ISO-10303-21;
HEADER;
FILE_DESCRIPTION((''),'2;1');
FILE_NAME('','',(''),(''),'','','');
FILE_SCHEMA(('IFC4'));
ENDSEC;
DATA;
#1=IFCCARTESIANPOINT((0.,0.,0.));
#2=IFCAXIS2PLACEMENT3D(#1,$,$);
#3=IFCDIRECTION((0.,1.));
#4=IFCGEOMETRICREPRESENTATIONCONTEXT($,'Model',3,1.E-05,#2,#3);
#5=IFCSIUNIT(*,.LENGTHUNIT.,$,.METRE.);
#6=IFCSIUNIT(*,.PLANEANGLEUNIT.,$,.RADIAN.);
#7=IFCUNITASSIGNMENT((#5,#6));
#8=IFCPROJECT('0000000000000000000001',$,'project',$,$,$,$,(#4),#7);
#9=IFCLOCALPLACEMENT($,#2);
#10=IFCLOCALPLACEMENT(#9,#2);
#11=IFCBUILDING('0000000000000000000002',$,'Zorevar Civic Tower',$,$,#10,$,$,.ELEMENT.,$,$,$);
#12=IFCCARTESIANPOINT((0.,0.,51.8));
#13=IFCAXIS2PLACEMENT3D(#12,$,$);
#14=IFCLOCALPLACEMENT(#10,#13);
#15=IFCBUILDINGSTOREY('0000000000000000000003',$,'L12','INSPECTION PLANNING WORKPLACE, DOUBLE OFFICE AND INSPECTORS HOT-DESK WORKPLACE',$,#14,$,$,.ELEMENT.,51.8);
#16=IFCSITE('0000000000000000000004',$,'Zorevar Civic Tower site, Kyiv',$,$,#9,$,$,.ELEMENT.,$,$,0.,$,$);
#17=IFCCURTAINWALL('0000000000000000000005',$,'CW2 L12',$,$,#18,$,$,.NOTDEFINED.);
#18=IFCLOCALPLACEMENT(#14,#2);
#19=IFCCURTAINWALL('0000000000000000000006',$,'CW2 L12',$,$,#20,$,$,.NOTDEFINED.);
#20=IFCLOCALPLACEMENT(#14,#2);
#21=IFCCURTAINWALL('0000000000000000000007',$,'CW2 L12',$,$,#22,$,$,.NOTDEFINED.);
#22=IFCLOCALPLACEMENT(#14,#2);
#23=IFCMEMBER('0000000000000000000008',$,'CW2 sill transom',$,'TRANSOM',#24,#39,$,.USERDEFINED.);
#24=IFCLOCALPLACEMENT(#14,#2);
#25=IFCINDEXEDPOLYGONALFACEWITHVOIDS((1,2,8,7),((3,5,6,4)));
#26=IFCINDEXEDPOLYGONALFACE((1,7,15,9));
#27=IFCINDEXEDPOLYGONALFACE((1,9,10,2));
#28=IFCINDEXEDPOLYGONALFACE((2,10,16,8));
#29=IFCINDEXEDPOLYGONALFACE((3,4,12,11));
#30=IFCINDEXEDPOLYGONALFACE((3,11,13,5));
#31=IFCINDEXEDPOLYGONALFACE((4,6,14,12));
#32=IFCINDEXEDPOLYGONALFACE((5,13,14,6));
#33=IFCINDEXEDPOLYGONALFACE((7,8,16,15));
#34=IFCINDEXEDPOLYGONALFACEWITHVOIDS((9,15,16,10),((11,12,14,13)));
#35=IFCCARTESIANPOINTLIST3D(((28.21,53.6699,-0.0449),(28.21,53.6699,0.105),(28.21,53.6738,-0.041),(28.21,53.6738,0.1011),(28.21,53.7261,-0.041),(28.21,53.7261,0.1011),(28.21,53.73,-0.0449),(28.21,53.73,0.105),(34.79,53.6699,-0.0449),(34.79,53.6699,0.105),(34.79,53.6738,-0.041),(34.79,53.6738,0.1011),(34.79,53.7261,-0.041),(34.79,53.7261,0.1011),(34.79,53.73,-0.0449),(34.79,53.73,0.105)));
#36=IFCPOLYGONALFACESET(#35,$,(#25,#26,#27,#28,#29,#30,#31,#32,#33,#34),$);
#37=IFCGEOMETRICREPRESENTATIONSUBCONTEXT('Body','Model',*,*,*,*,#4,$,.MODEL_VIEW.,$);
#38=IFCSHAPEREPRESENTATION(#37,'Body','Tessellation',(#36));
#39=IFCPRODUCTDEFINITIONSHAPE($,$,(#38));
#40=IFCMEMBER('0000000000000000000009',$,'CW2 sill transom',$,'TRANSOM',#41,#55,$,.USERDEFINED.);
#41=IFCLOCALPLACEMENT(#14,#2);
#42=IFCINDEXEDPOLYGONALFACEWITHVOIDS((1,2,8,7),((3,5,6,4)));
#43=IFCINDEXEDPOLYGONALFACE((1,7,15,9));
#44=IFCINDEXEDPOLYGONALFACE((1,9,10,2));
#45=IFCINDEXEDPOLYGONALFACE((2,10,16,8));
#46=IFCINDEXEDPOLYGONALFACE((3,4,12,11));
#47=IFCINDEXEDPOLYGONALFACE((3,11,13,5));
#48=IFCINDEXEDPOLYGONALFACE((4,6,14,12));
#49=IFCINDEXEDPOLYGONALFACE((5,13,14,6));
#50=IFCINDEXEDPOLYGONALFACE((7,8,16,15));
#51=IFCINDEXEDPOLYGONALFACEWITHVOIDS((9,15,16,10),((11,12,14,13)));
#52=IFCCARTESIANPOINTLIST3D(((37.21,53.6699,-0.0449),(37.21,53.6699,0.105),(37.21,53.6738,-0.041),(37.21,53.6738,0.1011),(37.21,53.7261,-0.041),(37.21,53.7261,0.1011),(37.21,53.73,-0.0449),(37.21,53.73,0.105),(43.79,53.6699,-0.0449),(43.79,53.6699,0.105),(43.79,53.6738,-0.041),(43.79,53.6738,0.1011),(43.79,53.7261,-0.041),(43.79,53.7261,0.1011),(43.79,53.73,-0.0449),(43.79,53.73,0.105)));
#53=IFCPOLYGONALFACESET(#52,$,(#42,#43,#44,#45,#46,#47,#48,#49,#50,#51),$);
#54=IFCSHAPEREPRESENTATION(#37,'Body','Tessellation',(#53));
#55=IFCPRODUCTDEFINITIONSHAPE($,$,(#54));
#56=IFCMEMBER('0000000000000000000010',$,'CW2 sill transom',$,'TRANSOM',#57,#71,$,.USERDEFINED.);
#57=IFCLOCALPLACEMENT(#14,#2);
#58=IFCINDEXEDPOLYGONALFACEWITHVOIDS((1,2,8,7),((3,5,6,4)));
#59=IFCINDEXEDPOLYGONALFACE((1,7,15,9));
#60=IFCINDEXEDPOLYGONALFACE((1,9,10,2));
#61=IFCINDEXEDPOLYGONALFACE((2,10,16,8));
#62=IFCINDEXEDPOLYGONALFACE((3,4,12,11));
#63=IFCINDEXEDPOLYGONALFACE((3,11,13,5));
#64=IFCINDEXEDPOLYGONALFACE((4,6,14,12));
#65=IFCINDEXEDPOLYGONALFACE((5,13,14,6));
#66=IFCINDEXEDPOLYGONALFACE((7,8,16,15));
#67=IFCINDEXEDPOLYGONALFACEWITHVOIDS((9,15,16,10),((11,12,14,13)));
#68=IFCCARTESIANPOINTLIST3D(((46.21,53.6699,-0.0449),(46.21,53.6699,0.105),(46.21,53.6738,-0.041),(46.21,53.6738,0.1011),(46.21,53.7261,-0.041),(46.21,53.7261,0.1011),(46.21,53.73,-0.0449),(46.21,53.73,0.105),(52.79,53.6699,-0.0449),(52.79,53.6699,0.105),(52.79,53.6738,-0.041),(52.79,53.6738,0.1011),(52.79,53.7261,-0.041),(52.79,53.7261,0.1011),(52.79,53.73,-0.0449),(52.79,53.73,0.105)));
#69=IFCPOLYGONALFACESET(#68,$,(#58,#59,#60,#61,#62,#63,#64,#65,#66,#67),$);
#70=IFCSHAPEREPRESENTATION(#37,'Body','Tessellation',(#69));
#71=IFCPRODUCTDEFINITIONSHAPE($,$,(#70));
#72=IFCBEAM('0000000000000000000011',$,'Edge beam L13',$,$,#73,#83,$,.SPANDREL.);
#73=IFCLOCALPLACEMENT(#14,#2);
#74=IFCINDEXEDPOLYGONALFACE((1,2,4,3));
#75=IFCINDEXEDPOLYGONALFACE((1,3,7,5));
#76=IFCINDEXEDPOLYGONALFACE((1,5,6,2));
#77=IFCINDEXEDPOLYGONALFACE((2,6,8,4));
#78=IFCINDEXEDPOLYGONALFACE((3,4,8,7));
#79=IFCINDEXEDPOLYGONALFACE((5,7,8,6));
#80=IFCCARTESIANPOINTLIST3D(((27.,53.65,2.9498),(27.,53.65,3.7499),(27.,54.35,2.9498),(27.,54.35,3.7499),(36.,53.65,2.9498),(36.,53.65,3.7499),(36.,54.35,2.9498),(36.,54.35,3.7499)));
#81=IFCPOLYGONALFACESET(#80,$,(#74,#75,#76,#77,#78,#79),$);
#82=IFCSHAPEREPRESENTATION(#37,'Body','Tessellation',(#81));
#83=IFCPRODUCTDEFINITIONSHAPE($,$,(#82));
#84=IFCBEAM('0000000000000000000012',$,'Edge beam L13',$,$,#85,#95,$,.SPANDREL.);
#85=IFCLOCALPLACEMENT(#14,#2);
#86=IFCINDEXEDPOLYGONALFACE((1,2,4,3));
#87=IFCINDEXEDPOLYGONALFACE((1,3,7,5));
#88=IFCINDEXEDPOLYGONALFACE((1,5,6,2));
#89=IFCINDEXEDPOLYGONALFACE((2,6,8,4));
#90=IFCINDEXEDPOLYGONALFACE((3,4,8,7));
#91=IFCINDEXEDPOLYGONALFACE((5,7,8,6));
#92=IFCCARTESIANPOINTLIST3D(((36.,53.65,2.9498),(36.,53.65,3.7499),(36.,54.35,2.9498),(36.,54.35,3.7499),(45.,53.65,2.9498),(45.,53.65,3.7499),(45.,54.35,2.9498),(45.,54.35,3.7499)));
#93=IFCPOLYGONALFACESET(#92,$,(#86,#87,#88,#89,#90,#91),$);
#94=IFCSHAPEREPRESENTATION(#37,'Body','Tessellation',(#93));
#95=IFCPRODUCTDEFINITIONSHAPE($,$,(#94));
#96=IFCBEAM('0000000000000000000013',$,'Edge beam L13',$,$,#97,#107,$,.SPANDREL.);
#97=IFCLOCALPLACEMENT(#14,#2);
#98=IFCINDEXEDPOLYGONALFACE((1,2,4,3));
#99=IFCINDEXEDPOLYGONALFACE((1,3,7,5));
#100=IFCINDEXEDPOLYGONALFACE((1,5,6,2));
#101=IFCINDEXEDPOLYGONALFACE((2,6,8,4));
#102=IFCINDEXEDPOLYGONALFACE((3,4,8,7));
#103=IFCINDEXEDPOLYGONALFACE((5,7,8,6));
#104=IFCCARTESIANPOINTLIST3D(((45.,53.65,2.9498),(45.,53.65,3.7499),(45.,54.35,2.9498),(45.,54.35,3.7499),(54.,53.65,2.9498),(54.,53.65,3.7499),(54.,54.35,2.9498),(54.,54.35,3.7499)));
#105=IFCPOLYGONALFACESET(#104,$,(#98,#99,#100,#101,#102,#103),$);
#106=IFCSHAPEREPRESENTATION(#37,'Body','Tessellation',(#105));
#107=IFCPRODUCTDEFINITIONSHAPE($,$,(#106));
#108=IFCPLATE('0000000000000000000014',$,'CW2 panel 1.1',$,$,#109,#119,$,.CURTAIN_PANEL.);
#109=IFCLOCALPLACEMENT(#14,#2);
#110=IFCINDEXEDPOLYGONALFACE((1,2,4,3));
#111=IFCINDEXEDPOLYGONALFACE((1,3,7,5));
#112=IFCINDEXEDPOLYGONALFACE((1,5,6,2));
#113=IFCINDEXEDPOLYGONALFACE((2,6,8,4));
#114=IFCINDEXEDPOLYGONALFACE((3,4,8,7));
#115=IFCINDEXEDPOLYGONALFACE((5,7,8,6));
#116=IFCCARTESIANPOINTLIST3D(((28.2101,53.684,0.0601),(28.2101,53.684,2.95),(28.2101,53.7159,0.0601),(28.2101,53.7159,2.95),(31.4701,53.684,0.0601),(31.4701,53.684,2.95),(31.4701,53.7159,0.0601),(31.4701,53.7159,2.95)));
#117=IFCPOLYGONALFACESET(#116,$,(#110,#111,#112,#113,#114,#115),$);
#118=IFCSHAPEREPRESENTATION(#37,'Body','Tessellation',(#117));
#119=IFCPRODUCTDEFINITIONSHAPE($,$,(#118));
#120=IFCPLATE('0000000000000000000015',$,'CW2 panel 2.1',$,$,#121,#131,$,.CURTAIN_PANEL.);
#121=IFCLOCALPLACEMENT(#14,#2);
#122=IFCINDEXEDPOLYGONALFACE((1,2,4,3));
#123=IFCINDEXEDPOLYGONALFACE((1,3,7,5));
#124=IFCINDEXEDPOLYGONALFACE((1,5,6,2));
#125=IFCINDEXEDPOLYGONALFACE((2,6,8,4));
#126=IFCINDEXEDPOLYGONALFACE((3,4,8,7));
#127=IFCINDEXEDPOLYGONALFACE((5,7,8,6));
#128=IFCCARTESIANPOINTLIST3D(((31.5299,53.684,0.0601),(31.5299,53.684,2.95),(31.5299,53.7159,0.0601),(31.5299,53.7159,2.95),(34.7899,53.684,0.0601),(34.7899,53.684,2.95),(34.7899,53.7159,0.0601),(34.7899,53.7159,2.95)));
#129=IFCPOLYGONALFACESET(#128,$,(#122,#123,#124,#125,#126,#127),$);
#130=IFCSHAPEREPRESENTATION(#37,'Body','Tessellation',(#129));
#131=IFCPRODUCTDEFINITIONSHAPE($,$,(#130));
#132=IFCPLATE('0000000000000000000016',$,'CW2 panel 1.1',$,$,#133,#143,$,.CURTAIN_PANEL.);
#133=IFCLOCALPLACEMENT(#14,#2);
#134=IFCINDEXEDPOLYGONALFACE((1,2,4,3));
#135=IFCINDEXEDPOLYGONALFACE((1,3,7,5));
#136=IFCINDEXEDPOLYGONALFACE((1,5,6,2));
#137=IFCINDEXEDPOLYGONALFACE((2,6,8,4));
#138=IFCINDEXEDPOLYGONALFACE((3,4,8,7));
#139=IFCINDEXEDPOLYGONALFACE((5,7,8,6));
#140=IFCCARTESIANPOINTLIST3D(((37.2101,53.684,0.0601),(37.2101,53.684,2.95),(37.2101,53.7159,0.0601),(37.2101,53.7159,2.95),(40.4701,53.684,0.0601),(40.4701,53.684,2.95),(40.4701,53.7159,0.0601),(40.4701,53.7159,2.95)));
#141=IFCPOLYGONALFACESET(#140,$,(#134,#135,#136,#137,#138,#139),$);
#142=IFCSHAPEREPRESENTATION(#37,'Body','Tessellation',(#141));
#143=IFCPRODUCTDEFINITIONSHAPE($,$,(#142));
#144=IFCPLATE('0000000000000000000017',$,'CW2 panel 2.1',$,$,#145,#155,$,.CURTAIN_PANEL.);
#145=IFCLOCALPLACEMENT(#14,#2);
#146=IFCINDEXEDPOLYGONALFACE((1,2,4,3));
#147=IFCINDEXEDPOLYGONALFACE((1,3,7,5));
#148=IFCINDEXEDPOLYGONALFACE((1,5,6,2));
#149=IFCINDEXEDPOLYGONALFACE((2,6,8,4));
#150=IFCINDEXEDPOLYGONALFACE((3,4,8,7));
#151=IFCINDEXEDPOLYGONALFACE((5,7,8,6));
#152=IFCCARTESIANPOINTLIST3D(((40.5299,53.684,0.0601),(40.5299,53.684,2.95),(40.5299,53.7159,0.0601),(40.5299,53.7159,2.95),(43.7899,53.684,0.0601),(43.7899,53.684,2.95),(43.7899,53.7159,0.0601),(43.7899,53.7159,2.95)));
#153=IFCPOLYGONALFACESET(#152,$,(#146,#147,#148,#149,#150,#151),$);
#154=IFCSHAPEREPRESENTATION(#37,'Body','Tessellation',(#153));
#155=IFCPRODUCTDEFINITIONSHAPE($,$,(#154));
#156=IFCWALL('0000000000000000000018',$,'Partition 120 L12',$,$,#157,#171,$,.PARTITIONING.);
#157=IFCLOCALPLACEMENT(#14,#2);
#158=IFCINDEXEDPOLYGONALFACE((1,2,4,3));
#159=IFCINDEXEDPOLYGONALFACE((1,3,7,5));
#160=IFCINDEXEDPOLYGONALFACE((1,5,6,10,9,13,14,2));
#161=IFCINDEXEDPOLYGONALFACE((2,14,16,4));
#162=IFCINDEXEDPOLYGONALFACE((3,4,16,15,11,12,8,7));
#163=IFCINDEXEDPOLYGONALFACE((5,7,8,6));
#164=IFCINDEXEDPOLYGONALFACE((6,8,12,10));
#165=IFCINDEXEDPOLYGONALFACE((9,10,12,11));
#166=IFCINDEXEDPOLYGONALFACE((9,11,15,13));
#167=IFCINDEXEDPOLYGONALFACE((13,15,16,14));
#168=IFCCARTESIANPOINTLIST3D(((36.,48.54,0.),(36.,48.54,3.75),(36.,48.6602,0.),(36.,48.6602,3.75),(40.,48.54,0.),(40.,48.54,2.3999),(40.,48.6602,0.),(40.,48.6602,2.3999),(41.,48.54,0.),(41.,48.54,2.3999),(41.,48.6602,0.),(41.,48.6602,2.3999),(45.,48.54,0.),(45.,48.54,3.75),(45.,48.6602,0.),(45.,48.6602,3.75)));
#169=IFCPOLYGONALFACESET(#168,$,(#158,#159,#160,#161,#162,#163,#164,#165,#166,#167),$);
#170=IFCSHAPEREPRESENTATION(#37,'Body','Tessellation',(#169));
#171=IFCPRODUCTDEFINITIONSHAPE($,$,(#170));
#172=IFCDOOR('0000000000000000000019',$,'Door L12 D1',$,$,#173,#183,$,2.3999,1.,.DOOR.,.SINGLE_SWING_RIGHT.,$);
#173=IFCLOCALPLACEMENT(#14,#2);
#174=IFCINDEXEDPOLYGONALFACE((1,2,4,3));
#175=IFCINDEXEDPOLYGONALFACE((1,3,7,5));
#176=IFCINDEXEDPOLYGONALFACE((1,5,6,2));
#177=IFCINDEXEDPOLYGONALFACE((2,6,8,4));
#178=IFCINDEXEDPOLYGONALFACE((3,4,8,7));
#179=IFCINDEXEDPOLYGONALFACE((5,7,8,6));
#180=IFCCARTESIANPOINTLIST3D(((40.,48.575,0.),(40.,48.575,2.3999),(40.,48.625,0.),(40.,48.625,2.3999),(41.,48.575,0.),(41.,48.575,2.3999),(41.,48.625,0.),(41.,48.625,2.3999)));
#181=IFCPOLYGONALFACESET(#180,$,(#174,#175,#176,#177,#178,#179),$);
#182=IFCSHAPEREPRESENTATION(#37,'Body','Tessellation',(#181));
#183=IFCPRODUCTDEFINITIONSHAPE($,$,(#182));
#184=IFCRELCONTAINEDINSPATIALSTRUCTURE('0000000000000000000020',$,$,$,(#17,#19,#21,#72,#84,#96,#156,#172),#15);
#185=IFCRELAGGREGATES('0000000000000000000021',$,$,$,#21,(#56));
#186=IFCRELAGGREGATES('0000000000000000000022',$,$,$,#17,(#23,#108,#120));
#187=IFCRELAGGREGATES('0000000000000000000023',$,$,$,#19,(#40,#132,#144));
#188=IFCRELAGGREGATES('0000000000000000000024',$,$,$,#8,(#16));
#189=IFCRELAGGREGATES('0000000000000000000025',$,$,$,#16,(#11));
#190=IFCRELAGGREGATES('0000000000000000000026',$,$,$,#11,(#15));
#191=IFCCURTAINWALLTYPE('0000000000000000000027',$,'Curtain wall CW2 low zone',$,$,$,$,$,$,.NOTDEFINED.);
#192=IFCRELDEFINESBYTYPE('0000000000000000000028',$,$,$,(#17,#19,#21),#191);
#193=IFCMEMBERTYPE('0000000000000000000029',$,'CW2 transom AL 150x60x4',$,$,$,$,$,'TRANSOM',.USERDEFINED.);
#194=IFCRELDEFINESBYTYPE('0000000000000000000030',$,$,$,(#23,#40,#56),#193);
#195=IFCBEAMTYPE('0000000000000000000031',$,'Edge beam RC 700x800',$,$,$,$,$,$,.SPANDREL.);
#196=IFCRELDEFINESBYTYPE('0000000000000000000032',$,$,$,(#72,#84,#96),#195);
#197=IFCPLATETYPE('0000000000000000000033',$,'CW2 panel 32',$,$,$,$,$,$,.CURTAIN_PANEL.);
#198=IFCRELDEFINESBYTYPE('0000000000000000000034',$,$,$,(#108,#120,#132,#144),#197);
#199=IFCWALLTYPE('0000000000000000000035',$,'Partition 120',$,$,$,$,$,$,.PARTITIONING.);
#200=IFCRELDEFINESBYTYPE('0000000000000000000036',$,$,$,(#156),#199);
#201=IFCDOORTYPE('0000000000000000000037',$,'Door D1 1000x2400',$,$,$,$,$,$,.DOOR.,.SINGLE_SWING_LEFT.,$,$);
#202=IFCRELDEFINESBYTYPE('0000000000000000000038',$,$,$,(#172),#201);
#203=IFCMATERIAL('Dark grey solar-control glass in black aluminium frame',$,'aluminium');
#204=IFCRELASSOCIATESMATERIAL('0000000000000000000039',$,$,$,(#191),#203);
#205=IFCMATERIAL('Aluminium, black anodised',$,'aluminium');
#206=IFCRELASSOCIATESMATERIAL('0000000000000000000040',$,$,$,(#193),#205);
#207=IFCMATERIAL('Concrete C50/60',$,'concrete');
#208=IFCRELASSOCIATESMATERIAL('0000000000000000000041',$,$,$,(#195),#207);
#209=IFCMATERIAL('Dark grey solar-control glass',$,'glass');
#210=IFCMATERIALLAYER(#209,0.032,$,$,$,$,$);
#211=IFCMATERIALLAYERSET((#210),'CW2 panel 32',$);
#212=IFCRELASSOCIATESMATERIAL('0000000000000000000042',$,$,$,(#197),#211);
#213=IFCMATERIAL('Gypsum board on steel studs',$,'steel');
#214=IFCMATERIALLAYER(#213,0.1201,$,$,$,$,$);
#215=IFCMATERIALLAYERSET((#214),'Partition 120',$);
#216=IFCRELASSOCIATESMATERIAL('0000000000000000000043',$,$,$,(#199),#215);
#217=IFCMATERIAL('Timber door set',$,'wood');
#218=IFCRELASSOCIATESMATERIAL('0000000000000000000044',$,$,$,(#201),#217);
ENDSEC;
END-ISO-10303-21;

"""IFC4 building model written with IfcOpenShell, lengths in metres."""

from ifc_helpers import new_model, si_unit, direction, frame, frame_2d, origin, origin_2d, place, context, subcontext, project, spatial, rectangle, hollow_rectangle, extrude, material, layer, layer_set, material_profile, profile_set, type_object, element, fill, aggregate, save


model = new_model("IFC4")

# Units and contexts
model_context = context("Model", 3, precision=1e-05, world=origin(), true_north=direction((0.0, 1.0)))
body_context = subcontext(model_context, "Body", "Model", "MODEL_VIEW")
ifc_project = project(units=[si_unit("LENGTHUNIT", "METRE"), si_unit("PLANEANGLEUNIT", "RADIAN")], contexts=[model_context])

# Site, building, storey
site_placement = place(None, origin())
site = spatial("IfcSite", under=ifc_project, at=site_placement, Name="Zorevar Civic Tower site, Kyiv", CompositionType="ELEMENT", RefElevation=0.0)
building_placement = place(site_placement, origin())
building = spatial("IfcBuilding", under=site, at=building_placement, Name="Zorevar Civic Tower", CompositionType="ELEMENT")
storey_placement = place(building_placement, frame((0.0, 0.0, 51.8)))
storey = spatial("IfcBuildingStorey", under=building, at=storey_placement, Name="L12", Description="INSPECTION PLANNING WORKPLACE, DOUBLE OFFICE AND INSPECTORS HOT-DESK WORKPLACE", CompositionType="ELEMENT", Elevation=51.8)

# Curtain walls
ifc_material_1 = material(Name="Dark grey solar-control glass in black aluminium frame", Category="aluminium")
curtain_wall_type = type_object("IfcCurtainWallType", Name="Curtain wall CW2 low zone", PredefinedType="NOTDEFINED", material=ifc_material_1)
curtain_wall_1_placement = place(storey_placement, origin())
curtain_wall_1 = element("IfcCurtainWall", 1, at=curtain_wall_1_placement, inside=storey, type_object=curtain_wall_type, Name="CW2 L12", PredefinedType="NOTDEFINED")
curtain_wall_2_placement = place(storey_placement, origin())
curtain_wall_2 = element("IfcCurtainWall", 2, at=curtain_wall_2_placement, inside=storey, type_object=curtain_wall_type, Name="CW2 L12", PredefinedType="NOTDEFINED")

# Curtain wall
curtain_wall_3_placement = place(storey_placement, origin())
curtain_wall_3 = element("IfcCurtainWall", 3, at=curtain_wall_3_placement, inside=storey, type_object=curtain_wall_type, Name="CW2 L12", PredefinedType="NOTDEFINED")

# Members
ifc_material_2 = material(Name="Aluminium, black anodised", Category="aluminium")
ifc_material_profile_1 = material_profile(ifc_material_2, hollow_rectangle(XDim=0.0601, YDim=0.1499, WallThickness=0.0039, at=origin_2d()), Name="AL 150x60x4")
ifc_profile_set_1 = profile_set([ifc_material_profile_1], Name="Aluminium, black anodised")
member_type_1 = type_object("IfcMemberType", Name="CW2 transom AL 150x60x4", ElementType="TRANSOM", PredefinedType="USERDEFINED", material=ifc_profile_set_1)
member_1_placement = place(storey_placement, frame((28.21, 53.7, 0.03), z_axis=(1.0, 0.0, 0.0), x_axis=(0.0, 1.0, 0.0)))
member_1 = element("IfcMember", 4, at=member_1_placement, type_object=member_type_1, Name="CW2 sill transom", ObjectType="TRANSOM", PredefinedType="USERDEFINED", context=body_context, shape_type="SweptSolid", body=[
    extrude(hollow_rectangle(XDim=0.0601, YDim=0.1499, WallThickness=0.0039, at=origin_2d()), origin(), (0.0, 0.0, 1.0), 6.5801),
])
member_2_placement = place(storey_placement, frame((37.21, 53.7, 0.03), z_axis=(1.0, 0.0, 0.0), x_axis=(0.0, 1.0, 0.0)))
member_2 = element("IfcMember", 5, at=member_2_placement, type_object=member_type_1, Name="CW2 sill transom", ObjectType="TRANSOM", PredefinedType="USERDEFINED", context=body_context, shape_type="SweptSolid", body=[
    extrude(hollow_rectangle(XDim=0.0601, YDim=0.1499, WallThickness=0.0039, at=origin_2d()), origin(), (0.0, 0.0, 1.0), 6.5801),
])
member_3_placement = place(storey_placement, frame((46.21, 53.7, 0.03), z_axis=(1.0, 0.0, 0.0), x_axis=(0.0, 1.0, 0.0)))
member_3 = element("IfcMember", 6, at=member_3_placement, type_object=member_type_1, Name="CW2 sill transom", ObjectType="TRANSOM", PredefinedType="USERDEFINED", context=body_context, shape_type="SweptSolid", body=[
    extrude(hollow_rectangle(XDim=0.0601, YDim=0.1499, WallThickness=0.0039, at=origin_2d()), origin(), (0.0, 0.0, 1.0), 6.5801),
])
aggregate(curtain_wall_3, [member_3])

# Beams
ifc_material_3 = material(Name="Concrete C50/60", Category="concrete")
ifc_material_profile_2 = material_profile(ifc_material_3, rectangle(XDim=0.7, YDim=0.8, at=origin_2d()), Name="RC 700x800")
ifc_profile_set_2 = profile_set([ifc_material_profile_2], Name="Concrete C50/60")
beam_type_1 = type_object("IfcBeamType", Name="Edge beam RC 700x800", PredefinedType="SPANDREL", material=ifc_profile_set_2)
for number, where, z_axis, x_axis, name in (
    (7, (27.0, 54.0, 3.3499), (1.0, 0.0, 0.0), (0.0, 1.0, 0.0), "Edge beam L13"),
    (8, (36.0, 54.0, 3.3499), (1.0, 0.0, 0.0), (0.0, 1.0, 0.0), "Edge beam L13"),
    (9, (45.0, 54.0, 3.3499), (1.0, 0.0, 0.0), (0.0, 1.0, 0.0), "Edge beam L13"),
):
    element("IfcBeam", number, at=place(storey_placement, frame(where, z_axis=z_axis, x_axis=x_axis)), inside=storey, type_object=beam_type_1, Name=name, PredefinedType="SPANDREL", context=body_context, shape_type="SweptSolid", body=[
        extrude(rectangle(XDim=0.7, YDim=0.8, at=origin_2d()), origin(), (0.0, 0.0, 1.0), 9.0),
    ])

# Plates
ifc_material_4 = material(Name="Dark grey solar-control glass", Category="glass")
ifc_layer_1 = layer(ifc_material_4, 0.032)
ifc_layer_set_1 = layer_set([ifc_layer_1], Name="CW2 panel 32")
plate_type = type_object("IfcPlateType", Name="CW2 panel 32", PredefinedType="CURTAIN_PANEL", material=ifc_layer_set_1)
plate_1_placement = place(storey_placement, frame((29.8401, 53.7, 0.0601), z_axis=(0.0, 0.0, 1.0), x_axis=(1.0, 0.0, 0.0)))
plate_1 = element("IfcPlate", 10, at=plate_1_placement, type_object=plate_type, Name="CW2 panel 1.1", PredefinedType="CURTAIN_PANEL", context=body_context, shape_type="SweptSolid", body=[
    extrude(rectangle(XDim=3.26, YDim=0.032, at=origin_2d()), origin(), (0.0, 0.0, 1.0), 2.8899),
])
plate_2_placement = place(storey_placement, frame((33.1599, 53.7, 0.0601), z_axis=(0.0, 0.0, 1.0), x_axis=(1.0, 0.0, 0.0)))
plate_2 = element("IfcPlate", 11, at=plate_2_placement, type_object=plate_type, Name="CW2 panel 2.1", PredefinedType="CURTAIN_PANEL", context=body_context, shape_type="SweptSolid", body=[
    extrude(rectangle(XDim=3.26, YDim=0.032, at=origin_2d()), origin(), (0.0, 0.0, 1.0), 2.8899),
])
aggregate(curtain_wall_1, [member_1, plate_1, plate_2])
plate_3_placement = place(storey_placement, frame((38.8401, 53.7, 0.0601), z_axis=(0.0, 0.0, 1.0), x_axis=(1.0, 0.0, 0.0)))
plate_3 = element("IfcPlate", 12, at=plate_3_placement, type_object=plate_type, Name="CW2 panel 1.1", PredefinedType="CURTAIN_PANEL", context=body_context, shape_type="SweptSolid", body=[
    extrude(rectangle(XDim=3.26, YDim=0.032, at=origin_2d()), origin(), (0.0, 0.0, 1.0), 2.8899),
])
plate_4_placement = place(storey_placement, frame((42.1599, 53.7, 0.0601), z_axis=(0.0, 0.0, 1.0), x_axis=(1.0, 0.0, 0.0)))
plate_4 = element("IfcPlate", 13, at=plate_4_placement, type_object=plate_type, Name="CW2 panel 2.1", PredefinedType="CURTAIN_PANEL", context=body_context, shape_type="SweptSolid", body=[
    extrude(rectangle(XDim=3.26, YDim=0.032, at=origin_2d()), origin(), (0.0, 0.0, 1.0), 2.8899),
])
aggregate(curtain_wall_2, [member_2, plate_3, plate_4])

# Wall, opening, door
ifc_material_5 = material(Name="Gypsum board on steel studs", Category="steel")
ifc_layer_2 = layer(ifc_material_5, 0.1201)
ifc_layer_set_2 = layer_set([ifc_layer_2], Name="Partition 120")
wall_type = type_object("IfcWallType", Name="Partition 120", PredefinedType="PARTITIONING", material=ifc_layer_set_2)
wall_1_placement = place(storey_placement, frame((36.0, 48.6001, 0.0), z_axis=(0.0, 0.0, 1.0), x_axis=(1.0, 0.0, 0.0)))
wall_1 = element("IfcWall", 14, at=wall_1_placement, inside=storey, type_object=wall_type, Name="Partition 120 L12", PredefinedType="PARTITIONING", context=body_context, shape_type="SweptSolid", body=[
    extrude(rectangle(XDim=9.0, YDim=0.1201, at=frame_2d((4.5, 0.0))), origin(), (0.0, 0.0, 1.0), 3.75),
])
opening_1_placement = place(wall_1_placement, frame((4.0, 0.0, 0.0)))
opening_1 = element("IfcOpeningElement", 15, at=opening_1_placement, cuts=wall_1, PredefinedType="OPENING", context=body_context, shape_type="SweptSolid", body=[
    extrude(rectangle(XDim=1.0, YDim=2.3999, at=frame_2d((0.5, 1.2))), frame((0.0, 0.0701, 0.0), z_axis=(0.0, -1.0, 0.0), x_axis=(1.0, 0.0, 0.0)), (0.0, 0.0, 1.0), 0.1401),
])
ifc_material_6 = material(Name="Timber door set", Category="wood")
door_type = type_object("IfcDoorType", Name="Door D1 1000x2400", OperationType="SINGLE_SWING_LEFT", PredefinedType="DOOR", material=ifc_material_6)
door_1_placement = place(opening_1_placement, origin())
door_1 = element("IfcDoor", 16, at=door_1_placement, inside=storey, type_object=door_type, Name="Door L12 D1", OperationType="SINGLE_SWING_RIGHT", OverallHeight=2.3999, OverallWidth=1.0, PredefinedType="DOOR", context=body_context, shape_type="SweptSolid", body=[
    extrude(rectangle(XDim=1.0, YDim=2.3999, at=frame_2d((0.5, 1.2))), frame((0.0, 0.0249, 0.0), z_axis=(0.0, -1.0, 0.0), x_axis=(1.0, 0.0, 0.0)), (0.0, 0.0, 1.0), 0.05),
])
fill(opening_1, door_1)

save(model, "model.ifc")
